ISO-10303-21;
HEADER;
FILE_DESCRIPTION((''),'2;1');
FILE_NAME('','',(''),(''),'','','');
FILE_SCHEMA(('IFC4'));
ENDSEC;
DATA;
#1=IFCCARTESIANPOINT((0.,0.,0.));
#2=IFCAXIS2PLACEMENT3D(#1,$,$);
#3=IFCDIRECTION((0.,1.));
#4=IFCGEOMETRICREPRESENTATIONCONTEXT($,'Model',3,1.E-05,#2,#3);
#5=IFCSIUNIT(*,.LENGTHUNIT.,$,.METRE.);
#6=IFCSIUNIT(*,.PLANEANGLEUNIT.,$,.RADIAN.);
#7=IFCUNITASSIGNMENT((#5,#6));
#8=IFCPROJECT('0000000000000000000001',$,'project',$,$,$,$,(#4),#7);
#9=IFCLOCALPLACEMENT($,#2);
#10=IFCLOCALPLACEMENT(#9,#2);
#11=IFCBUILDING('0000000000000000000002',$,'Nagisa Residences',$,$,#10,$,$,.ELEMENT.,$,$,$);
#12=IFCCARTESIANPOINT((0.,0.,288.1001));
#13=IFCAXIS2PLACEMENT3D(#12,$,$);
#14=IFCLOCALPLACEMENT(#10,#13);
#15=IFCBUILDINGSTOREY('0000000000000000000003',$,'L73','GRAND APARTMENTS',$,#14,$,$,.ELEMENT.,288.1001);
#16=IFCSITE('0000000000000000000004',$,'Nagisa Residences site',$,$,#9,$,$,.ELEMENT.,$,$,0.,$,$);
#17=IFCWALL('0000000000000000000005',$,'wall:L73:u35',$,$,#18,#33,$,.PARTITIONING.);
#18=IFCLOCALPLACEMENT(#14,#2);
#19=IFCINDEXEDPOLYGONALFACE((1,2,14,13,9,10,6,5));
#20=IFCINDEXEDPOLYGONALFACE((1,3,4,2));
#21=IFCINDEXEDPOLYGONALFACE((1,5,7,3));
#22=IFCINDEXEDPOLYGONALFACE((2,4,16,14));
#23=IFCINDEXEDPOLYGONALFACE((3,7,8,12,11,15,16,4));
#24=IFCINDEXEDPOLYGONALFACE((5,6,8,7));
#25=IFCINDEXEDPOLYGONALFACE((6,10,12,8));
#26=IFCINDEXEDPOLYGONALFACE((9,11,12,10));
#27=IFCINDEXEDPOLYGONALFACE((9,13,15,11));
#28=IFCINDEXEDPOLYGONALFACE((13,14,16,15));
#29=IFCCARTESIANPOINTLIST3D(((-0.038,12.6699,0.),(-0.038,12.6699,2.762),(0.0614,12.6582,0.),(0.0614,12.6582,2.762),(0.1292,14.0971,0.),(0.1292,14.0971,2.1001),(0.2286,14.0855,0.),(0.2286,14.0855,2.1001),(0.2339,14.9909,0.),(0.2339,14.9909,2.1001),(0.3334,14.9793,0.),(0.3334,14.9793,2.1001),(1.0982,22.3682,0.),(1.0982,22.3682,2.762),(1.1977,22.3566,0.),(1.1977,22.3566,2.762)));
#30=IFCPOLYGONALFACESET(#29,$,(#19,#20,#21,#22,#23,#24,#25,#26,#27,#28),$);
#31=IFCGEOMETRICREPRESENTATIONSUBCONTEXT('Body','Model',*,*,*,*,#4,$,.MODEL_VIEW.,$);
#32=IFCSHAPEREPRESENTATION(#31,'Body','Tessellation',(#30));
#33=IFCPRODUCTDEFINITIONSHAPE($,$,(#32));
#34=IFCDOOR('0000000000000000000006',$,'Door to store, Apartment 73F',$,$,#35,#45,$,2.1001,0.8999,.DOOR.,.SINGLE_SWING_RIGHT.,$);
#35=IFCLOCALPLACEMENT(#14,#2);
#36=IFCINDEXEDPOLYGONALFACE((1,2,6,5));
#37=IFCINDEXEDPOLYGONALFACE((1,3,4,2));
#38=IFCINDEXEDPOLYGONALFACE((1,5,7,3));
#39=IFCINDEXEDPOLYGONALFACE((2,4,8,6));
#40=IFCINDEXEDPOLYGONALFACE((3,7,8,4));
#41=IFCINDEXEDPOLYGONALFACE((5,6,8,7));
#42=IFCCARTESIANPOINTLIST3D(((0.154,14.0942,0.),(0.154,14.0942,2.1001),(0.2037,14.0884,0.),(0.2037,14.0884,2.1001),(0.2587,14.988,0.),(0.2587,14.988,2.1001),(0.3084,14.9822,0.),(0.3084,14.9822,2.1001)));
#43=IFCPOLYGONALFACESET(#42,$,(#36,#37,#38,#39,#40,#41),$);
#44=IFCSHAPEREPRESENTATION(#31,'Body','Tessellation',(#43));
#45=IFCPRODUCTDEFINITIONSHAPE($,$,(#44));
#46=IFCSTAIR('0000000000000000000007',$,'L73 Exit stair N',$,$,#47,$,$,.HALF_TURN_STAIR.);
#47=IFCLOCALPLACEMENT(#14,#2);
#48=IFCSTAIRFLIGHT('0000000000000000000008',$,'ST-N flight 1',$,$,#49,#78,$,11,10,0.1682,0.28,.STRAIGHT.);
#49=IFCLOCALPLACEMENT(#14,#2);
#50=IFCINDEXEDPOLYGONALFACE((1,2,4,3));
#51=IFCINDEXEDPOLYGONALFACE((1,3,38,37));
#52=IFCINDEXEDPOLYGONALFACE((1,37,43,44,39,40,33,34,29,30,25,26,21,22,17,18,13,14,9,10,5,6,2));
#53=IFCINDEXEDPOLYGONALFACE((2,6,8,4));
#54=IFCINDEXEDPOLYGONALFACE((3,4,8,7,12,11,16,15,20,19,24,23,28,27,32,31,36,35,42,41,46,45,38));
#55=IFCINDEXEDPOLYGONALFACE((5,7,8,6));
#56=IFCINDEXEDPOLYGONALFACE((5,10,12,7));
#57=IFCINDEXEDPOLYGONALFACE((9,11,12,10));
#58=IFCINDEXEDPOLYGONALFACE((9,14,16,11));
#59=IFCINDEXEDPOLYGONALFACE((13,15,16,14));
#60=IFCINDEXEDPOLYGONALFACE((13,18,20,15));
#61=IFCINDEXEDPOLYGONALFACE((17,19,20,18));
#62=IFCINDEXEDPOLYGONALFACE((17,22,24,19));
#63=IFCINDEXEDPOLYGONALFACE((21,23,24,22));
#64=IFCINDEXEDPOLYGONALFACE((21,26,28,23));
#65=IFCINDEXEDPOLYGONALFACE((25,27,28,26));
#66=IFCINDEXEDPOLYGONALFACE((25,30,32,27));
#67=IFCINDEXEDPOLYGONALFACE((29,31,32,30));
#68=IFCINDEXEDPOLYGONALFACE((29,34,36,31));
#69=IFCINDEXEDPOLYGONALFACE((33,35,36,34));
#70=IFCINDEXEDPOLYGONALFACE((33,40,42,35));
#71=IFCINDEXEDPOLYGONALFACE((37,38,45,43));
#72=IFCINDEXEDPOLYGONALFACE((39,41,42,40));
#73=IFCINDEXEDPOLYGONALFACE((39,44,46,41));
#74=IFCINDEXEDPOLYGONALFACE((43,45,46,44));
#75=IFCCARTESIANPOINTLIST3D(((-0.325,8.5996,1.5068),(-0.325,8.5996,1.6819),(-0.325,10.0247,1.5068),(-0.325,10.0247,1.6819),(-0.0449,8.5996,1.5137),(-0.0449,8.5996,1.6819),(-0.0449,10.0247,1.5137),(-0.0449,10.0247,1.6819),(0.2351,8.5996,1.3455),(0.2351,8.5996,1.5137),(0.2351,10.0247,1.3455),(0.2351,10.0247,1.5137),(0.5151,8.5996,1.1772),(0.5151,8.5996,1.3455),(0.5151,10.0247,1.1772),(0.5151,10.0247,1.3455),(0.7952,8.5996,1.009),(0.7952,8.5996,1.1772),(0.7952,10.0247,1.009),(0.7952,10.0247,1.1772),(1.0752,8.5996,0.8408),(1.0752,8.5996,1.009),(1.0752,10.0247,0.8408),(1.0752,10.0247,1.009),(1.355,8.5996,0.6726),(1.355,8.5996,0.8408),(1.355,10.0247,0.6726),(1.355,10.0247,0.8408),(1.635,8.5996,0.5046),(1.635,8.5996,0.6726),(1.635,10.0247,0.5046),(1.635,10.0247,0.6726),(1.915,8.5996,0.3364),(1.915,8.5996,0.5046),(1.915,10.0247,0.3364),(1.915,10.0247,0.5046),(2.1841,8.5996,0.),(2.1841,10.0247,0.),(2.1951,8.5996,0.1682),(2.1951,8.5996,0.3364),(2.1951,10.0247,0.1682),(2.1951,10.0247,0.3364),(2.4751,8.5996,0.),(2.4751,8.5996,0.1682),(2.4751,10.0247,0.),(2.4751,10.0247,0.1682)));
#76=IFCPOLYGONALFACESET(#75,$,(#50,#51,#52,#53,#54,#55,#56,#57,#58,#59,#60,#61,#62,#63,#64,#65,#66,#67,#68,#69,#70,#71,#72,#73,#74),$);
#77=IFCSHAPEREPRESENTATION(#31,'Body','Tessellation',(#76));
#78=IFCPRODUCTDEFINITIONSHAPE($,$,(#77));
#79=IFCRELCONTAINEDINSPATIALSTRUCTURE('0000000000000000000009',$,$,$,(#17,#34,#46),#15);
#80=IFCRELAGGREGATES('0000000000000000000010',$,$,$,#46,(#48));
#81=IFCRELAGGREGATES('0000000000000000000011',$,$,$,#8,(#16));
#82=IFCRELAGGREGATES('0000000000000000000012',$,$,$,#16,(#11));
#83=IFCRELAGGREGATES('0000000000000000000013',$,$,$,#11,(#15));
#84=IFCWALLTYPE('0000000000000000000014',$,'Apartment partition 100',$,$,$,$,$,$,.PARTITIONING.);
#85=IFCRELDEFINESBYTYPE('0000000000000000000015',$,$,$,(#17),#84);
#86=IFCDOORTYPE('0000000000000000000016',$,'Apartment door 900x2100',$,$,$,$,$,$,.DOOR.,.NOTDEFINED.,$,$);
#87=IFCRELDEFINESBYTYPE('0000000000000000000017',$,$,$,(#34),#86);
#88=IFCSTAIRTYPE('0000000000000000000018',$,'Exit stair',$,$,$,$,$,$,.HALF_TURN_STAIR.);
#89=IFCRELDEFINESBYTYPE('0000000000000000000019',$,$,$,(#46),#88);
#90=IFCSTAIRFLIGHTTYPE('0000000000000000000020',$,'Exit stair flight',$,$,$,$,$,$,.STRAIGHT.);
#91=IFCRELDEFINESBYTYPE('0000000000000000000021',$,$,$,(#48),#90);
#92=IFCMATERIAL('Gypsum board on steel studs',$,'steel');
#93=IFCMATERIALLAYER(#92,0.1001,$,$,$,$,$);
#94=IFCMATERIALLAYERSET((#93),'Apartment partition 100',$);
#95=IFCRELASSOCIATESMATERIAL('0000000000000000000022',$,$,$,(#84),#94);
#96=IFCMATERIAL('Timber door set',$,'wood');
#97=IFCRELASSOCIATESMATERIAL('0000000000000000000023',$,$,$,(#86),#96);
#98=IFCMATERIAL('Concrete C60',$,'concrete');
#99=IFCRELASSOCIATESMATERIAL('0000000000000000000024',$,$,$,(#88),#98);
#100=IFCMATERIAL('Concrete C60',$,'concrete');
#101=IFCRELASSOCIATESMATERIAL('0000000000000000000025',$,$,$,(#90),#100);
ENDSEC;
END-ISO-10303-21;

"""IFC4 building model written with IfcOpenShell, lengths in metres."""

from ifc_helpers import new_model, si_unit, direction, frame, frame_2d, origin, place, context, subcontext, project, spatial, polyline, rectangle, outline, extrude, material, layer, layer_set, type_object, element, fill, aggregate, save


model = new_model("IFC4")

# Units and contexts
model_context = context("Model", 3, precision=1e-05, world=origin(), true_north=direction((0.0, 1.0)))
body_context = subcontext(model_context, "Body", "Model", "MODEL_VIEW")
ifc_project = project(units=[si_unit("LENGTHUNIT", "METRE"), si_unit("PLANEANGLEUNIT", "RADIAN")], contexts=[model_context])

# Site, building, storey
site_placement = place(None, origin())
site = spatial("IfcSite", under=ifc_project, at=site_placement, Name="Nagisa Residences site", CompositionType="ELEMENT", RefElevation=0.0)
building_placement = place(site_placement, origin())
building = spatial("IfcBuilding", under=site, at=building_placement, Name="Nagisa Residences", CompositionType="ELEMENT")
storey_placement = place(building_placement, frame((0.0, 0.0, 288.1001)))
storey = spatial("IfcBuildingStorey", under=building, at=storey_placement, Name="L73", Description="GRAND APARTMENTS", CompositionType="ELEMENT", Elevation=288.1001)

# Shared definitions
ifc_material_1 = material(Name="Gypsum board on steel studs", Category="steel")
ifc_layer_1 = layer(ifc_material_1, 0.1001)
ifc_layer_set_1 = layer_set([ifc_layer_1], Name="Apartment partition 100")
wall_type_1 = type_object("IfcWallType", Name="Apartment partition 100", PredefinedType="PARTITIONING", material=ifc_layer_set_1)
ifc_material_2 = material(Name="Timber door set", Category="wood")
door_type_1 = type_object("IfcDoorType", Name="Apartment door 900x2100", OperationType="NOTDEFINED", PredefinedType="DOOR", material=ifc_material_2)

# Wall, opening, door
wall_1_placement = place(storey_placement, frame((0.0117, 12.6641, 0.0), z_axis=(0.0, 0.0, 1.0), x_axis=(0.116363, 0.993207, 0.0)))
wall_1 = element("IfcWall", 1, at=wall_1_placement, inside=storey, type_object=wall_type_1, Name="wall:L73:u35", PredefinedType="PARTITIONING", context=body_context, shape_type="SweptSolid", body=[
    extrude(rectangle(XDim=9.7646, YDim=0.1001, at=frame_2d((4.8823, 0.0))), origin(), (0.0, 0.0, 1.0), 2.762),
])
opening_1_placement = place(wall_1_placement, frame((1.437, 0.0, 0.0)))
opening_1 = element("IfcOpeningElement", 2, at=opening_1_placement, cuts=wall_1, PredefinedType="OPENING", context=body_context, shape_type="SweptSolid", body=[
    extrude(rectangle(XDim=0.8999, YDim=2.1001, at=frame_2d((0.45, 1.05))), frame((0.0, 0.0601, 0.0), z_axis=(0.0, -1.0, 0.0), x_axis=(1.0, 0.0, 0.0)), (0.0, 0.0, 1.0), 0.1201),
])
door_1_placement = place(opening_1_placement, frame((0.8999, 0.0, 0.0), x_axis=(-1.0, 0.0, 0.0)))
door_1 = element("IfcDoor", 3, at=door_1_placement, inside=storey, type_object=door_type_1, Name="Door to store, Apartment 73F", OperationType="SINGLE_SWING_RIGHT", OverallHeight=2.1001, OverallWidth=0.8999, PredefinedType="DOOR", context=body_context, shape_type="SweptSolid", body=[
    extrude(rectangle(XDim=0.8999, YDim=2.1001, at=frame_2d((0.45, 1.05))), frame((0.0, 0.0249, 0.0), z_axis=(0.0, -1.0, 0.0), x_axis=(1.0, 0.0, 0.0)), (0.0, 0.0, 1.0), 0.05),
])
fill(opening_1, door_1)

# Stair, stair flight
ifc_material_3 = material(Name="Concrete C60", Category="concrete")
stair_type = type_object("IfcStairType", Name="Exit stair", PredefinedType="HALF_TURN_STAIR", material=ifc_material_3)
stair_placement = place(storey_placement, origin())
stair = element("IfcStair", 4, at=stair_placement, inside=storey, type_object=stair_type, Name="L73 Exit stair N", PredefinedType="HALF_TURN_STAIR")
ifc_material_4 = material(Name="Concrete C60", Category="concrete")
stair_flight_type = type_object("IfcStairFlightType", Name="Exit stair flight", PredefinedType="STRAIGHT", material=ifc_material_4)
stair_flight_placement = place(storey_placement, frame((2.4751, 9.312, 0.0), z_axis=(0.0, 0.0, 1.0), x_axis=(-1.0, 0.0, 0.0)))
stair_flight = element("IfcStairFlight", 5, at=stair_flight_placement, type_object=stair_flight_type, Name="ST-N flight 1", NumberOfRisers=11, NumberOfTreads=10, PredefinedType="STRAIGHT", RiserHeight=0.1682, TreadLength=0.28, context=body_context, shape_type="SweptSolid", body=[
    extrude(outline(polyline([(0.0, 0.0), (0.0, 0.1682), (0.28, 0.1682), (0.28, 0.3364), (0.5601, 0.3364), (0.5601, 0.5046), (0.8401, 0.5046), (0.8401, 0.6726), (1.1201, 0.6726), (1.1201, 0.8408), (1.3999, 0.8408), (1.3999, 1.009), (1.6799, 1.009), (1.6799, 1.1772), (1.96, 1.1772), (1.96, 1.3455), (2.24, 1.3455), (2.24, 1.5137), (2.52, 1.5137), (2.52, 1.6819), (2.8, 1.6819), (2.8, 1.8501), (2.8, 1.5068), (0.291, 0.0), (0.0, 0.0)])), frame((0.0, 0.7124, 0.0), z_axis=(0.0, -1.0, 0.0), x_axis=(1.0, 0.0, 0.0)), (0.0, 0.0, 1.0), 1.425),
])
aggregate(stair, [stair_flight])

save(model, "model.ifc")
